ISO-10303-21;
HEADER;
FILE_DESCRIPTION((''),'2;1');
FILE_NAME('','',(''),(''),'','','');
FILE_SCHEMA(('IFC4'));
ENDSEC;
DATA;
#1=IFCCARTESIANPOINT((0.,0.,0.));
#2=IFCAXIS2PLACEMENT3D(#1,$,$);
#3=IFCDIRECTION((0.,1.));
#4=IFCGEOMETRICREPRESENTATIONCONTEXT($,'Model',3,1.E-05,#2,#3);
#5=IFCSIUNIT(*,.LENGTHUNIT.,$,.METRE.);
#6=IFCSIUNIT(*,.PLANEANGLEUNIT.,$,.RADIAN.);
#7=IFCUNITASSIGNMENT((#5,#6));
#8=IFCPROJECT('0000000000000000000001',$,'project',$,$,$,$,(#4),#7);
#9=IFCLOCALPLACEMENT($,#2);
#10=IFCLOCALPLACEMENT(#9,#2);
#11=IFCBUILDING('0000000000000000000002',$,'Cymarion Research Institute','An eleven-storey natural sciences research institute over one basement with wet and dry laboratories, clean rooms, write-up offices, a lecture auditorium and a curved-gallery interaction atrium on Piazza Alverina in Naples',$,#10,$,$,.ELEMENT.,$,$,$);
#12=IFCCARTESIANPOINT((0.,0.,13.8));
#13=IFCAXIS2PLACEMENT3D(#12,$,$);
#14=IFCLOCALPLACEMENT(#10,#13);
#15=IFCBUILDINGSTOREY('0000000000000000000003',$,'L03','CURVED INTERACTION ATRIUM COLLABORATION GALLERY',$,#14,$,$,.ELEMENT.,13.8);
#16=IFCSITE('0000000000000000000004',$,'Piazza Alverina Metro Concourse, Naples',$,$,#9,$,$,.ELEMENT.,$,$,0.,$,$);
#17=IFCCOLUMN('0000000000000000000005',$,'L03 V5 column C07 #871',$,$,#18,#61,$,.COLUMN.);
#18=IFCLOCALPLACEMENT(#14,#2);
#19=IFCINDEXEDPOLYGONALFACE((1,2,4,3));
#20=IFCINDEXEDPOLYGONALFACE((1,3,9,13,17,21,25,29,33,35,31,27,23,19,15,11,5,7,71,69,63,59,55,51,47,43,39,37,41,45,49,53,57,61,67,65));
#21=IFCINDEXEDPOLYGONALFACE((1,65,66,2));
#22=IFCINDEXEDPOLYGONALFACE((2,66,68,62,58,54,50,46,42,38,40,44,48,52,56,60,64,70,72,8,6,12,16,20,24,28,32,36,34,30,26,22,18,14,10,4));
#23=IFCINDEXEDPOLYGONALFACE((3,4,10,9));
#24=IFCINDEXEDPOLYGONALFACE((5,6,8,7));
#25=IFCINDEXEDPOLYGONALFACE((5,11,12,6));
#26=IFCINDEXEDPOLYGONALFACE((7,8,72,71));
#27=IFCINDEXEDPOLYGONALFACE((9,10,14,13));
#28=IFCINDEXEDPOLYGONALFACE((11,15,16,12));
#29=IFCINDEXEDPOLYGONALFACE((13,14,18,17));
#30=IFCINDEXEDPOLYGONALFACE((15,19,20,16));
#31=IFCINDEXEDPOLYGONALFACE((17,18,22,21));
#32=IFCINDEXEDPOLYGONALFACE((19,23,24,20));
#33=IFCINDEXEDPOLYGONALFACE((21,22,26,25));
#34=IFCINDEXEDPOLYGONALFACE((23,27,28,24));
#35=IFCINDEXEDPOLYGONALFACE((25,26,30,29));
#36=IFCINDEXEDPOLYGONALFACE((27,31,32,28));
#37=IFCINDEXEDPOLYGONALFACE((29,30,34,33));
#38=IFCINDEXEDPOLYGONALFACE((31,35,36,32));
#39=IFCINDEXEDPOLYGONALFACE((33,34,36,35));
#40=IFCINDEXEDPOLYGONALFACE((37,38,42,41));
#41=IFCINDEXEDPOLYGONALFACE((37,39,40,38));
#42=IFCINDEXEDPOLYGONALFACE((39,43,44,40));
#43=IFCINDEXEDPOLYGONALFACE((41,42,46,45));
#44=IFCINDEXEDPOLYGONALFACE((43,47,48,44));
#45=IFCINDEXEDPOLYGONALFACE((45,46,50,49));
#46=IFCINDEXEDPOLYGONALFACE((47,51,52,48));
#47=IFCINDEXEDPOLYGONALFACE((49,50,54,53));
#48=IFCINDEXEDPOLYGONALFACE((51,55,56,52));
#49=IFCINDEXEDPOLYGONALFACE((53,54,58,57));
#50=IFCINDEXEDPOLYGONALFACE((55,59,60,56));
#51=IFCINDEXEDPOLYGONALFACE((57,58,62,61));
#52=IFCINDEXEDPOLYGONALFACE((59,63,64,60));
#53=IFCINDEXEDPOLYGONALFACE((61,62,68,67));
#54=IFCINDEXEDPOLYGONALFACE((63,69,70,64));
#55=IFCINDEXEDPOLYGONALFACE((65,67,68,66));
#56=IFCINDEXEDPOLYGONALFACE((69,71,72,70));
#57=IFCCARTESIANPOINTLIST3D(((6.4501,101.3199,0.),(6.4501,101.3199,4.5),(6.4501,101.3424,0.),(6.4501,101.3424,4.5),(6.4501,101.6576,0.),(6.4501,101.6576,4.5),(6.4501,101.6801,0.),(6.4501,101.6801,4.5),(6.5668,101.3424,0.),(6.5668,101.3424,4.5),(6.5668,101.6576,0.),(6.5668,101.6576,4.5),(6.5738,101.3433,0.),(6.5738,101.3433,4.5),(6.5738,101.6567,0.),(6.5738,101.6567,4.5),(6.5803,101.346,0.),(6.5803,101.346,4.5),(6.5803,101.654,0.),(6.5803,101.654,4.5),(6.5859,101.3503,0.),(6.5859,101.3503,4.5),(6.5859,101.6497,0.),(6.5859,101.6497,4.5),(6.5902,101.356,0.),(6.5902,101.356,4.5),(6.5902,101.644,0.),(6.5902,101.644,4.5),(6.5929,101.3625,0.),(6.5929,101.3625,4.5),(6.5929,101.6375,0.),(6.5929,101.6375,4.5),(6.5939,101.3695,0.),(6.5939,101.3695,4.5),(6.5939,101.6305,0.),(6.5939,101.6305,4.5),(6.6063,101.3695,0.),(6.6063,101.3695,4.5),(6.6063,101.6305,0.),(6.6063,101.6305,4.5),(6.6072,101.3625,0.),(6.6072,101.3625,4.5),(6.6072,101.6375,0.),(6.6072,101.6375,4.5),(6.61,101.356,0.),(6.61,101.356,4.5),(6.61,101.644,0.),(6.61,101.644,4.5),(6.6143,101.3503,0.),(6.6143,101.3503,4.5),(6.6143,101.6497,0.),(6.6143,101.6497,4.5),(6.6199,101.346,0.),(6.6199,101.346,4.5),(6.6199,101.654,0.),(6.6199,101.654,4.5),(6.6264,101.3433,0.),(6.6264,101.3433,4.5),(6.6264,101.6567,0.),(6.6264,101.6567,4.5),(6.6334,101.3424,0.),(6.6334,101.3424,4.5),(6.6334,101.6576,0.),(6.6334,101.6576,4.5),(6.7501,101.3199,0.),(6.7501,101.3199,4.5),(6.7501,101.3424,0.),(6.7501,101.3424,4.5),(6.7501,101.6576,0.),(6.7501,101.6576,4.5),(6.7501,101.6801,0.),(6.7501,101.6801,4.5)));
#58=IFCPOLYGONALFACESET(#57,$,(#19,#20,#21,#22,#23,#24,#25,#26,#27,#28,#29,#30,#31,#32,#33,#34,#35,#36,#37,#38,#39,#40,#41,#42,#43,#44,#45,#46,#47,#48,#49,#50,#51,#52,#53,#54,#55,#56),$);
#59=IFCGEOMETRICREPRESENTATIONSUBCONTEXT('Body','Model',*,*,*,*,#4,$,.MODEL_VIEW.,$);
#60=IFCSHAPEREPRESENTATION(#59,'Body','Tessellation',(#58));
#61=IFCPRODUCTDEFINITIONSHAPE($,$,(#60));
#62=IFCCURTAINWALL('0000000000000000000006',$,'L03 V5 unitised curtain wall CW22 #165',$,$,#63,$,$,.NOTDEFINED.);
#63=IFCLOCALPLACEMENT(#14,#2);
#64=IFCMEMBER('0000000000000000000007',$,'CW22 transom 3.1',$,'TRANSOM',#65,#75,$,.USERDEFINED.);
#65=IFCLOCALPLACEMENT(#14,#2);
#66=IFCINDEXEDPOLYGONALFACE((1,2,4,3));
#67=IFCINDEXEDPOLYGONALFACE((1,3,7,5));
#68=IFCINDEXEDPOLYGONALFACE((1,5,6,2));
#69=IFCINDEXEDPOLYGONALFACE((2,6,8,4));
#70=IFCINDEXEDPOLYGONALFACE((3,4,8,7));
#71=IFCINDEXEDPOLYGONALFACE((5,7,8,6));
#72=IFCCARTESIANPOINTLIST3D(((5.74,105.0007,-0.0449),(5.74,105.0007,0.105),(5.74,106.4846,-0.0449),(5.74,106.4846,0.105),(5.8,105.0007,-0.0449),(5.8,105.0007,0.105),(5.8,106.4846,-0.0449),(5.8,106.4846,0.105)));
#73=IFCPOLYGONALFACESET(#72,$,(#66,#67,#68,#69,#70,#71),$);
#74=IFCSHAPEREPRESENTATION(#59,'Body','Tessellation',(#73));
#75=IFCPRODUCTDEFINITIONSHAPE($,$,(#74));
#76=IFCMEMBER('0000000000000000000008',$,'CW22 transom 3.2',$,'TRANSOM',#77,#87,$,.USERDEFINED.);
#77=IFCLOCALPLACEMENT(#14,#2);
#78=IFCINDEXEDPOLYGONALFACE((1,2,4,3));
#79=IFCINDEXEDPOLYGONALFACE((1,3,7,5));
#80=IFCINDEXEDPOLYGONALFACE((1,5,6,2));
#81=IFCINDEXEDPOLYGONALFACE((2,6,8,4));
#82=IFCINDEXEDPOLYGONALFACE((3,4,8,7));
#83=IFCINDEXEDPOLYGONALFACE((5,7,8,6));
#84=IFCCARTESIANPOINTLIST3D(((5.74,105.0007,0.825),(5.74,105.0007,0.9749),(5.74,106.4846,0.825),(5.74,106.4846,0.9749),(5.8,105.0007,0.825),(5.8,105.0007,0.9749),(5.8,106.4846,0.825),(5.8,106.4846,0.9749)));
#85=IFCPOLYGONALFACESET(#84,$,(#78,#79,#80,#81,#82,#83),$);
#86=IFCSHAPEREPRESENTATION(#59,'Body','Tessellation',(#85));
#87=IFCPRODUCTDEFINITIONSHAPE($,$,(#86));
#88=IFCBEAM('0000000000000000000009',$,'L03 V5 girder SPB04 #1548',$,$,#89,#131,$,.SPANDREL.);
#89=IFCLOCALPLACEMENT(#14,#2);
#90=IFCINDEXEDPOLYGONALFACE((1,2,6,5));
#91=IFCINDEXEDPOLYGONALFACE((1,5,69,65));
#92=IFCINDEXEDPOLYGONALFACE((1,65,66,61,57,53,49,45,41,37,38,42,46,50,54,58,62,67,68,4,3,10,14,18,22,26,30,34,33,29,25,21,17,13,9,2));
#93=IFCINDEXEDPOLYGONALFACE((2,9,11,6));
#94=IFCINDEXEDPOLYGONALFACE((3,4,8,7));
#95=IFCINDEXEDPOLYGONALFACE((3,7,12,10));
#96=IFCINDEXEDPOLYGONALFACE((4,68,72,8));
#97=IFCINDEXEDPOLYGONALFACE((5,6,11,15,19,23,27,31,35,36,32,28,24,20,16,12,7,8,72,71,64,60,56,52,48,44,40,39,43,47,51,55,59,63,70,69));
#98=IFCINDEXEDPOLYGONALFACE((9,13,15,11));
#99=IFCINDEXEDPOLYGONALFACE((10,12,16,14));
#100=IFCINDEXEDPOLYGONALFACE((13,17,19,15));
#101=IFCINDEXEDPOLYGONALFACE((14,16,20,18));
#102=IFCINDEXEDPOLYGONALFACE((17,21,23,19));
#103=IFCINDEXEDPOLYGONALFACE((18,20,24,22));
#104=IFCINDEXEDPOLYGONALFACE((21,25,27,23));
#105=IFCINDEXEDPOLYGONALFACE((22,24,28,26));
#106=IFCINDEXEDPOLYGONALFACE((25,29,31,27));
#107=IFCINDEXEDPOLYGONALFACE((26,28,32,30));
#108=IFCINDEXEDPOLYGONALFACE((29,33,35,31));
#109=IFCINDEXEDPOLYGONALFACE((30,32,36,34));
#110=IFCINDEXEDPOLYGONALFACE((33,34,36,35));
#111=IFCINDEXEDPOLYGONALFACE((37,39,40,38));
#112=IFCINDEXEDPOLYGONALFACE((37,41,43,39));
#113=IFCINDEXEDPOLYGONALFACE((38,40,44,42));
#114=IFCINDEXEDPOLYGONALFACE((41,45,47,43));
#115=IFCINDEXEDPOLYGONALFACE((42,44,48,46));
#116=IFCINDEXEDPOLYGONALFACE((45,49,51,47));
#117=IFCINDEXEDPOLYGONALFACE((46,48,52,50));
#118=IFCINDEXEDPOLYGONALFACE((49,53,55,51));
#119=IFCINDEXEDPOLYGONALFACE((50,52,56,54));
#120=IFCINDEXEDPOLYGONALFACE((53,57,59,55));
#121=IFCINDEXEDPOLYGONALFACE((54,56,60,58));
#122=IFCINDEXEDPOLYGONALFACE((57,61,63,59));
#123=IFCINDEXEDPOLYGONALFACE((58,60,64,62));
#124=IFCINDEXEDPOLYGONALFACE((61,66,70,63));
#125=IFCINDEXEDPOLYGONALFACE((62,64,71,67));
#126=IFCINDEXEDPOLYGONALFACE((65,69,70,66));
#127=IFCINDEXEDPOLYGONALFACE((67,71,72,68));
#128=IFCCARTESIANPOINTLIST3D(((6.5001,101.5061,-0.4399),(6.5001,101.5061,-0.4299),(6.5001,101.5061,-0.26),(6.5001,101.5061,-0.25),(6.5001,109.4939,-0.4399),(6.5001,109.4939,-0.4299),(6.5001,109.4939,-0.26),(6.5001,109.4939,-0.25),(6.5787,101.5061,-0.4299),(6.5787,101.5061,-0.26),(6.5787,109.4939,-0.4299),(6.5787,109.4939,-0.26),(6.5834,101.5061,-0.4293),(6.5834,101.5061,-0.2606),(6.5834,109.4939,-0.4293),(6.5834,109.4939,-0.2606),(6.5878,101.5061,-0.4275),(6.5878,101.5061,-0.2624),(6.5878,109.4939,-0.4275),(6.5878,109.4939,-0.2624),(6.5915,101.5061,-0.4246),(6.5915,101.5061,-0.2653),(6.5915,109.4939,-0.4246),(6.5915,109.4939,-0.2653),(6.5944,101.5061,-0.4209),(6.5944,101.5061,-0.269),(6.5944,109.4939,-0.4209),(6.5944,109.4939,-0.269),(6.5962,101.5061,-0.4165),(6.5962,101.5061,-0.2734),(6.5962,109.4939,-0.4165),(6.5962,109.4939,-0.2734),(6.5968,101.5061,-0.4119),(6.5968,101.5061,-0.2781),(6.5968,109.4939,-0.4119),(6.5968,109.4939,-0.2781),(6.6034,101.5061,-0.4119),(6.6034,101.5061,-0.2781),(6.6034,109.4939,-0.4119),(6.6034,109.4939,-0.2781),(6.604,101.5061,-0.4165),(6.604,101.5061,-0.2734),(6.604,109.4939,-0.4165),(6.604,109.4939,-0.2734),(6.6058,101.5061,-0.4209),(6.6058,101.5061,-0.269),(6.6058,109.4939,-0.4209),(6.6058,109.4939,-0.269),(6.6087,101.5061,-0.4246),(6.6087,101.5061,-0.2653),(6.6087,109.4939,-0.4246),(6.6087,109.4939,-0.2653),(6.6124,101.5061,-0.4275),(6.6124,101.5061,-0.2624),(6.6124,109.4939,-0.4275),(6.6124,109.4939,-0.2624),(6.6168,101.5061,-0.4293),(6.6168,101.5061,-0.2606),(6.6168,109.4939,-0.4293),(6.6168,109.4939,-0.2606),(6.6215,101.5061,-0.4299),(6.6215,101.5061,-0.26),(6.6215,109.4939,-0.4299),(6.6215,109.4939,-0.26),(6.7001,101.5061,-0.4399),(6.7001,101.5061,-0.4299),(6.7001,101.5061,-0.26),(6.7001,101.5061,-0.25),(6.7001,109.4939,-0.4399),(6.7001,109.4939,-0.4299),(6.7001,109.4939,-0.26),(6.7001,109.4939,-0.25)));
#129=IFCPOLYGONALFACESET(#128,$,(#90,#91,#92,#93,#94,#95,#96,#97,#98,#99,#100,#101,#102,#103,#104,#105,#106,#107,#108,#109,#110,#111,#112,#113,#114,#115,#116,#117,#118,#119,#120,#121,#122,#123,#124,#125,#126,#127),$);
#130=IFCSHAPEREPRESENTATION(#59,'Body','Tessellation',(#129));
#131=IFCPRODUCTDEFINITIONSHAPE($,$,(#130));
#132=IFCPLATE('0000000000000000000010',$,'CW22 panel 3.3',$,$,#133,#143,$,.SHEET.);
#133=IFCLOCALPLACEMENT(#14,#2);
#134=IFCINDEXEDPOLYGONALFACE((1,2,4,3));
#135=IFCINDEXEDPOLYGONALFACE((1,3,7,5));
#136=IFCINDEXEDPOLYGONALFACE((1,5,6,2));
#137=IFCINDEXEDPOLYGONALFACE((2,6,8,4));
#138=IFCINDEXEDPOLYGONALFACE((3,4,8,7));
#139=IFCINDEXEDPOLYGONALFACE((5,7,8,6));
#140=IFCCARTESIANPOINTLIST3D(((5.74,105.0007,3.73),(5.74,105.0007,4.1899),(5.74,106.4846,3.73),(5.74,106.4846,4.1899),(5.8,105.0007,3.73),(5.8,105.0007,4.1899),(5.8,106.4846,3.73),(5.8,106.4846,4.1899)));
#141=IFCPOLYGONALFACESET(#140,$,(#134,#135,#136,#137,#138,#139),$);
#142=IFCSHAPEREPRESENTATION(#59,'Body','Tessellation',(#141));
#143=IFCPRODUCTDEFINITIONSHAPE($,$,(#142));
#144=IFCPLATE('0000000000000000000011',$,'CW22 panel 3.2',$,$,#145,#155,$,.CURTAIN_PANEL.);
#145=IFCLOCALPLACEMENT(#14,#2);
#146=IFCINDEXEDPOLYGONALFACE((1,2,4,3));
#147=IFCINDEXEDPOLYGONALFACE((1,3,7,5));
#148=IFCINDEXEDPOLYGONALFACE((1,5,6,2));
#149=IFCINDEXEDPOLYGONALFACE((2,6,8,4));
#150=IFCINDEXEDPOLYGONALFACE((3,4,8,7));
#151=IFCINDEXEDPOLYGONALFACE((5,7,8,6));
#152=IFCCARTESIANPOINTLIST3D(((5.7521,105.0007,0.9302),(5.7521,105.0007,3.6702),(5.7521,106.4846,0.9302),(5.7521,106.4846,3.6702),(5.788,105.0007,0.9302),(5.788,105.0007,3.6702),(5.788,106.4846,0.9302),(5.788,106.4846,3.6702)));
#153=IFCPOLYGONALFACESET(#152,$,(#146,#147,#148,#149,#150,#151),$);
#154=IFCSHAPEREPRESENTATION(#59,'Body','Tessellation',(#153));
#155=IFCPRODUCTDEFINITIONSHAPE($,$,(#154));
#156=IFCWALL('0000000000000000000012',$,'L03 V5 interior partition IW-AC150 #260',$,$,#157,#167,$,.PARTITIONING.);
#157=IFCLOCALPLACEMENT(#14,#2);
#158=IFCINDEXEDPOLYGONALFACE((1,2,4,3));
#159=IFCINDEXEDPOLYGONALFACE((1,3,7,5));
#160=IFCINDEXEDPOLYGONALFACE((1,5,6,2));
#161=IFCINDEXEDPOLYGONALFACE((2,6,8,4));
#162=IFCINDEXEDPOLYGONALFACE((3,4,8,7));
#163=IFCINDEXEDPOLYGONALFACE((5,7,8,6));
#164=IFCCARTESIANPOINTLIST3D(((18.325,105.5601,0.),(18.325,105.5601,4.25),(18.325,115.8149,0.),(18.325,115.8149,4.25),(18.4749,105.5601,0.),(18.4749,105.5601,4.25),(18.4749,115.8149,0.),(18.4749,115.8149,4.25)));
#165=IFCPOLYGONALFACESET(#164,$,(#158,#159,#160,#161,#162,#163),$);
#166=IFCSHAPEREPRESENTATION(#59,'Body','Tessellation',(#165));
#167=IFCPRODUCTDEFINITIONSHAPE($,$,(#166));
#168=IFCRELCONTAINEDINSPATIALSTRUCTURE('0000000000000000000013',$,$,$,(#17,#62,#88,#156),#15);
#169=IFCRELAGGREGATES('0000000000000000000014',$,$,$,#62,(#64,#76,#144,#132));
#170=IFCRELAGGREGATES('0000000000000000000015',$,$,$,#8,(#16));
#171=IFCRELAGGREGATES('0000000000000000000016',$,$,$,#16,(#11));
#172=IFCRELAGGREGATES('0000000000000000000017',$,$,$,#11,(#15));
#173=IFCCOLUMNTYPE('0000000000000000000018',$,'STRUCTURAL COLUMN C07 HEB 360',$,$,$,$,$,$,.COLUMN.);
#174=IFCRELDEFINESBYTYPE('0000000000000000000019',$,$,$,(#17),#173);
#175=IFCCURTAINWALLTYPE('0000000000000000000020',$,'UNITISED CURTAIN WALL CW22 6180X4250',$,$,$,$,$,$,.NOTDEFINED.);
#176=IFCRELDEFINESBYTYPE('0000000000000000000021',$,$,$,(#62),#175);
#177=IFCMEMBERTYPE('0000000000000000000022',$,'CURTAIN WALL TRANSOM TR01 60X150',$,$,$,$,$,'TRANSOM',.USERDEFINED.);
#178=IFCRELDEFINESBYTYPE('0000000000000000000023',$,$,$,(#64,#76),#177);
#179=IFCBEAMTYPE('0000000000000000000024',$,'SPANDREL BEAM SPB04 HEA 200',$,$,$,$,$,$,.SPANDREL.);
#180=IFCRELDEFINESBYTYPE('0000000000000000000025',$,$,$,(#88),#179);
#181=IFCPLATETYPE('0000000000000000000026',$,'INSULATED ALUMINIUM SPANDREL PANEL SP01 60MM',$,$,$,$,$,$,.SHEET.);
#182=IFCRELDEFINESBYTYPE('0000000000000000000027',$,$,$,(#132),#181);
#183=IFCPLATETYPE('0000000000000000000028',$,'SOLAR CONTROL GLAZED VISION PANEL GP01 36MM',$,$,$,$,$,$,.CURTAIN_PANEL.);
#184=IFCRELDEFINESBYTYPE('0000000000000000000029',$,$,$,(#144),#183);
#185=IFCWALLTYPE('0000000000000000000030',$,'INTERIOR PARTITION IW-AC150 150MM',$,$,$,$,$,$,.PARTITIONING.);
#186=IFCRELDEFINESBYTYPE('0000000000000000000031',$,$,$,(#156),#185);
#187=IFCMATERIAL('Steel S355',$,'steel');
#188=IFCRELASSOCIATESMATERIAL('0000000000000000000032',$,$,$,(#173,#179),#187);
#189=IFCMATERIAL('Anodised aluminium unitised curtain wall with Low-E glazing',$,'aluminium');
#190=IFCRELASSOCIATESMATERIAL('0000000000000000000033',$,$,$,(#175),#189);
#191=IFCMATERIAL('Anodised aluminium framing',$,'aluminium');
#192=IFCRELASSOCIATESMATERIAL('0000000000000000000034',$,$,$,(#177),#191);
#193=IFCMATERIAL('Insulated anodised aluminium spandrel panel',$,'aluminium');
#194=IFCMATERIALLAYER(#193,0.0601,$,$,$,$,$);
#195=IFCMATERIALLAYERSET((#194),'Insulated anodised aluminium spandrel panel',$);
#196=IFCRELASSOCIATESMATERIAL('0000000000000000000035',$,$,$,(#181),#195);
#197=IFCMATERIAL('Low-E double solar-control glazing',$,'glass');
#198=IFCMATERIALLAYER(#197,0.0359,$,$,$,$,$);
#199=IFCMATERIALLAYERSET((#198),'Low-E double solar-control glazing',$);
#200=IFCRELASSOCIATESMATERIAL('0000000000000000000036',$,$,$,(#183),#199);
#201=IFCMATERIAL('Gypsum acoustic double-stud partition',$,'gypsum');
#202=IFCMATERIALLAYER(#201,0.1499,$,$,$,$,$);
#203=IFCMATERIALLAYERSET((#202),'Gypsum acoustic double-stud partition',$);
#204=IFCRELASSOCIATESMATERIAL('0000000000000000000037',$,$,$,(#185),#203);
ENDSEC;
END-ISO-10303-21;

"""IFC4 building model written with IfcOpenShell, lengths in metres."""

from ifc_helpers import new_model, si_unit, direction, frame, frame_2d, origin, origin_2d, place, context, subcontext, project, spatial, rectangle, i_section, extrude, material, layer, layer_set, material_profile, profile_set, type_object, element, aggregate, save


model = new_model("IFC4")

# Units and contexts
model_context = context("Model", 3, precision=1e-05, world=origin(), true_north=direction((0.0, 1.0)))
body_context = subcontext(model_context, "Body", "Model", "MODEL_VIEW")
ifc_project = project(units=[si_unit("LENGTHUNIT", "METRE"), si_unit("PLANEANGLEUNIT", "RADIAN")], contexts=[model_context])

# Site, building, storey
site_placement = place(None, origin())
site = spatial("IfcSite", under=ifc_project, at=site_placement, Name="Piazza Alverina Metro Concourse, Naples", CompositionType="ELEMENT", RefElevation=0.0)
building_placement = place(site_placement, origin())
building = spatial("IfcBuilding", under=site, at=building_placement, Name="Cymarion Research Institute", Description="An eleven-storey natural sciences research institute over one basement with wet and dry laboratories, clean rooms, write-up offices, a lecture auditorium and a curved-gallery interaction atrium on Piazza Alverina in Naples", CompositionType="ELEMENT")
storey_placement = place(building_placement, frame((0.0, 0.0, 13.8)))
storey = spatial("IfcBuildingStorey", under=building, at=storey_placement, Name="L03", Description="CURVED INTERACTION ATRIUM COLLABORATION GALLERY", CompositionType="ELEMENT", Elevation=13.8)

# Column
ifc_material_1 = material(Name="Steel S355", Category="steel")
ifc_material_profile_1 = material_profile(ifc_material_1, i_section(OverallWidth=0.3, OverallDepth=0.3601, WebThickness=0.0125, FlangeThickness=0.0225, FilletRadius=0.0271, at=origin_2d()), Name="HEB 360")
ifc_profile_set_1 = profile_set([ifc_material_profile_1], Name="Steel S355")
column_type = type_object("IfcColumnType", Name="STRUCTURAL COLUMN C07 HEB 360", PredefinedType="COLUMN", material=ifc_profile_set_1)
column_placement = place(storey_placement, frame((6.6001, 101.5, 0.0), z_axis=(0.0, 0.0, 1.0), x_axis=(1.0, 0.0, 0.0)))
element("IfcColumn", 1, at=column_placement, inside=storey, type_object=column_type, Name="L03 V5 column C07 #871", PredefinedType="COLUMN", context=body_context, shape_type="SweptSolid", body=[
    extrude(i_section(OverallWidth=0.3, OverallDepth=0.3601, WebThickness=0.0125, FlangeThickness=0.0225, FilletRadius=0.0271, at=origin_2d()), origin(), (0.0, 0.0, 1.0), 4.5),
])

# Curtain wall, members
ifc_material_2 = material(Name="Anodised aluminium unitised curtain wall with Low-E glazing", Category="aluminium")
curtain_wall_type = type_object("IfcCurtainWallType", Name="UNITISED CURTAIN WALL CW22 6180X4250", PredefinedType="NOTDEFINED", material=ifc_material_2)
curtain_wall_placement = place(storey_placement, origin())
curtain_wall = element("IfcCurtainWall", 2, at=curtain_wall_placement, inside=storey, type_object=curtain_wall_type, Name="L03 V5 unitised curtain wall CW22 #165", PredefinedType="NOTDEFINED")
ifc_material_3 = material(Name="Anodised aluminium framing", Category="aluminium")
ifc_material_profile_2 = material_profile(ifc_material_3, rectangle(XDim=0.0601, YDim=0.1499, at=origin_2d()), Name="ALU TRANSOM 60x150")
ifc_profile_set_2 = profile_set([ifc_material_profile_2], Name="Anodised aluminium framing")
member_type = type_object("IfcMemberType", Name="CURTAIN WALL TRANSOM TR01 60X150", ElementType="TRANSOM", PredefinedType="USERDEFINED", material=ifc_profile_set_2)
member_1_placement = place(storey_placement, frame((5.77, 106.4846, 0.03), z_axis=(0.0, -1.0, 0.0), x_axis=(1.0, 0.0, 0.0)))
member_1 = element("IfcMember", 3, at=member_1_placement, type_object=member_type, Name="CW22 transom 3.1", ObjectType="TRANSOM", PredefinedType="USERDEFINED", context=body_context, shape_type="SweptSolid", body=[
    extrude(rectangle(XDim=0.0601, YDim=0.1499, at=origin_2d()), origin(), (0.0, 0.0, 1.0), 1.4839),
])
member_2_placement = place(storey_placement, frame((5.77, 106.4846, 0.8999), z_axis=(0.0, -1.0, 0.0), x_axis=(1.0, 0.0, 0.0)))
member_2 = element("IfcMember", 4, at=member_2_placement, type_object=member_type, Name="CW22 transom 3.2", ObjectType="TRANSOM", PredefinedType="USERDEFINED", context=body_context, shape_type="SweptSolid", body=[
    extrude(rectangle(XDim=0.0601, YDim=0.1499, at=origin_2d()), origin(), (0.0, 0.0, 1.0), 1.4839),
])

# Beam
ifc_material_profile_3 = material_profile(ifc_material_1, i_section(OverallWidth=0.2, OverallDepth=0.1899, WebThickness=0.0066, FlangeThickness=0.01, FilletRadius=0.0181, at=origin_2d()), Name="HEA 200")
ifc_profile_set_3 = profile_set([ifc_material_profile_3], Name="Steel S355")
beam_type = type_object("IfcBeamType", Name="SPANDREL BEAM SPB04 HEA 200", PredefinedType="SPANDREL", material=ifc_profile_set_3)
beam_placement = place(storey_placement, frame((6.6001, 101.5061, -0.345), z_axis=(0.0, 1.0, 0.0), x_axis=(-1.0, 0.0, 0.0)))
element("IfcBeam", 5, at=beam_placement, inside=storey, type_object=beam_type, Name="L03 V5 girder SPB04 #1548", PredefinedType="SPANDREL", context=body_context, shape_type="SweptSolid", body=[
    extrude(i_section(OverallWidth=0.2, OverallDepth=0.1899, WebThickness=0.0066, FlangeThickness=0.01, FilletRadius=0.0181, at=origin_2d()), origin(), (0.0, 0.0, 1.0), 7.9878),
])

# Plates
ifc_material_4 = material(Name="Insulated anodised aluminium spandrel panel", Category="aluminium")
ifc_layer_1 = layer(ifc_material_4, 0.0601)
ifc_layer_set_1 = layer_set([ifc_layer_1], Name="Insulated anodised aluminium spandrel panel")
plate_type_1 = type_object("IfcPlateType", Name="INSULATED ALUMINIUM SPANDREL PANEL SP01 60MM", PredefinedType="SHEET", material=ifc_layer_set_1)
plate_1_placement = place(storey_placement, frame((5.77, 105.7427, 3.73), z_axis=(0.0, 0.0, 1.0), x_axis=(0.0, -1.0, 0.0)))
plate_1 = element("IfcPlate", 6, at=plate_1_placement, type_object=plate_type_1, Name="CW22 panel 3.3", PredefinedType="SHEET", context=body_context, shape_type="SweptSolid", body=[
    extrude(rectangle(XDim=1.4839, YDim=0.0601, at=origin_2d()), origin(), (0.0, 0.0, 1.0), 0.46),
])
ifc_material_5 = material(Name="Low-E double solar-control glazing", Category="glass")
ifc_layer_2 = layer(ifc_material_5, 0.0359)
ifc_layer_set_2 = layer_set([ifc_layer_2], Name="Low-E double solar-control glazing")
plate_type_2 = type_object("IfcPlateType", Name="SOLAR CONTROL GLAZED VISION PANEL GP01 36MM", PredefinedType="CURTAIN_PANEL", material=ifc_layer_set_2)
plate_2_placement = place(storey_placement, frame((5.77, 105.7427, 0.9302), z_axis=(0.0, 0.0, 1.0), x_axis=(0.0, -1.0, 0.0)))
plate_2 = element("IfcPlate", 7, at=plate_2_placement, type_object=plate_type_2, Name="CW22 panel 3.2", PredefinedType="CURTAIN_PANEL", context=body_context, shape_type="SweptSolid", body=[
    extrude(rectangle(XDim=1.4839, YDim=0.0359, at=origin_2d()), origin(), (0.0, 0.0, 1.0), 2.74),
])
aggregate(curtain_wall, [member_1, member_2, plate_2, plate_1])

# Wall
ifc_material_6 = material(Name="Gypsum acoustic double-stud partition", Category="gypsum")
ifc_layer_3 = layer(ifc_material_6, 0.1499)
ifc_layer_set_3 = layer_set([ifc_layer_3], Name="Gypsum acoustic double-stud partition")
wall_type_1 = type_object("IfcWallType", Name="INTERIOR PARTITION IW-AC150 150MM", PredefinedType="PARTITIONING", material=ifc_layer_set_3)
wall_1_placement = place(storey_placement, frame((18.3999, 105.5601, 0.0), z_axis=(0.0, 0.0, 1.0), x_axis=(0.0, 1.0, 0.0)))
element("IfcWall", 8, at=wall_1_placement, inside=storey, type_object=wall_type_1, Name="L03 V5 interior partition IW-AC150 #260", PredefinedType="PARTITIONING", context=body_context, shape_type="SweptSolid", body=[
    extrude(rectangle(XDim=10.2549, YDim=0.1499, at=frame_2d((5.1274, 0.0))), origin(), (0.0, 0.0, 1.0), 4.25),
])

save(model, "model.ifc")
